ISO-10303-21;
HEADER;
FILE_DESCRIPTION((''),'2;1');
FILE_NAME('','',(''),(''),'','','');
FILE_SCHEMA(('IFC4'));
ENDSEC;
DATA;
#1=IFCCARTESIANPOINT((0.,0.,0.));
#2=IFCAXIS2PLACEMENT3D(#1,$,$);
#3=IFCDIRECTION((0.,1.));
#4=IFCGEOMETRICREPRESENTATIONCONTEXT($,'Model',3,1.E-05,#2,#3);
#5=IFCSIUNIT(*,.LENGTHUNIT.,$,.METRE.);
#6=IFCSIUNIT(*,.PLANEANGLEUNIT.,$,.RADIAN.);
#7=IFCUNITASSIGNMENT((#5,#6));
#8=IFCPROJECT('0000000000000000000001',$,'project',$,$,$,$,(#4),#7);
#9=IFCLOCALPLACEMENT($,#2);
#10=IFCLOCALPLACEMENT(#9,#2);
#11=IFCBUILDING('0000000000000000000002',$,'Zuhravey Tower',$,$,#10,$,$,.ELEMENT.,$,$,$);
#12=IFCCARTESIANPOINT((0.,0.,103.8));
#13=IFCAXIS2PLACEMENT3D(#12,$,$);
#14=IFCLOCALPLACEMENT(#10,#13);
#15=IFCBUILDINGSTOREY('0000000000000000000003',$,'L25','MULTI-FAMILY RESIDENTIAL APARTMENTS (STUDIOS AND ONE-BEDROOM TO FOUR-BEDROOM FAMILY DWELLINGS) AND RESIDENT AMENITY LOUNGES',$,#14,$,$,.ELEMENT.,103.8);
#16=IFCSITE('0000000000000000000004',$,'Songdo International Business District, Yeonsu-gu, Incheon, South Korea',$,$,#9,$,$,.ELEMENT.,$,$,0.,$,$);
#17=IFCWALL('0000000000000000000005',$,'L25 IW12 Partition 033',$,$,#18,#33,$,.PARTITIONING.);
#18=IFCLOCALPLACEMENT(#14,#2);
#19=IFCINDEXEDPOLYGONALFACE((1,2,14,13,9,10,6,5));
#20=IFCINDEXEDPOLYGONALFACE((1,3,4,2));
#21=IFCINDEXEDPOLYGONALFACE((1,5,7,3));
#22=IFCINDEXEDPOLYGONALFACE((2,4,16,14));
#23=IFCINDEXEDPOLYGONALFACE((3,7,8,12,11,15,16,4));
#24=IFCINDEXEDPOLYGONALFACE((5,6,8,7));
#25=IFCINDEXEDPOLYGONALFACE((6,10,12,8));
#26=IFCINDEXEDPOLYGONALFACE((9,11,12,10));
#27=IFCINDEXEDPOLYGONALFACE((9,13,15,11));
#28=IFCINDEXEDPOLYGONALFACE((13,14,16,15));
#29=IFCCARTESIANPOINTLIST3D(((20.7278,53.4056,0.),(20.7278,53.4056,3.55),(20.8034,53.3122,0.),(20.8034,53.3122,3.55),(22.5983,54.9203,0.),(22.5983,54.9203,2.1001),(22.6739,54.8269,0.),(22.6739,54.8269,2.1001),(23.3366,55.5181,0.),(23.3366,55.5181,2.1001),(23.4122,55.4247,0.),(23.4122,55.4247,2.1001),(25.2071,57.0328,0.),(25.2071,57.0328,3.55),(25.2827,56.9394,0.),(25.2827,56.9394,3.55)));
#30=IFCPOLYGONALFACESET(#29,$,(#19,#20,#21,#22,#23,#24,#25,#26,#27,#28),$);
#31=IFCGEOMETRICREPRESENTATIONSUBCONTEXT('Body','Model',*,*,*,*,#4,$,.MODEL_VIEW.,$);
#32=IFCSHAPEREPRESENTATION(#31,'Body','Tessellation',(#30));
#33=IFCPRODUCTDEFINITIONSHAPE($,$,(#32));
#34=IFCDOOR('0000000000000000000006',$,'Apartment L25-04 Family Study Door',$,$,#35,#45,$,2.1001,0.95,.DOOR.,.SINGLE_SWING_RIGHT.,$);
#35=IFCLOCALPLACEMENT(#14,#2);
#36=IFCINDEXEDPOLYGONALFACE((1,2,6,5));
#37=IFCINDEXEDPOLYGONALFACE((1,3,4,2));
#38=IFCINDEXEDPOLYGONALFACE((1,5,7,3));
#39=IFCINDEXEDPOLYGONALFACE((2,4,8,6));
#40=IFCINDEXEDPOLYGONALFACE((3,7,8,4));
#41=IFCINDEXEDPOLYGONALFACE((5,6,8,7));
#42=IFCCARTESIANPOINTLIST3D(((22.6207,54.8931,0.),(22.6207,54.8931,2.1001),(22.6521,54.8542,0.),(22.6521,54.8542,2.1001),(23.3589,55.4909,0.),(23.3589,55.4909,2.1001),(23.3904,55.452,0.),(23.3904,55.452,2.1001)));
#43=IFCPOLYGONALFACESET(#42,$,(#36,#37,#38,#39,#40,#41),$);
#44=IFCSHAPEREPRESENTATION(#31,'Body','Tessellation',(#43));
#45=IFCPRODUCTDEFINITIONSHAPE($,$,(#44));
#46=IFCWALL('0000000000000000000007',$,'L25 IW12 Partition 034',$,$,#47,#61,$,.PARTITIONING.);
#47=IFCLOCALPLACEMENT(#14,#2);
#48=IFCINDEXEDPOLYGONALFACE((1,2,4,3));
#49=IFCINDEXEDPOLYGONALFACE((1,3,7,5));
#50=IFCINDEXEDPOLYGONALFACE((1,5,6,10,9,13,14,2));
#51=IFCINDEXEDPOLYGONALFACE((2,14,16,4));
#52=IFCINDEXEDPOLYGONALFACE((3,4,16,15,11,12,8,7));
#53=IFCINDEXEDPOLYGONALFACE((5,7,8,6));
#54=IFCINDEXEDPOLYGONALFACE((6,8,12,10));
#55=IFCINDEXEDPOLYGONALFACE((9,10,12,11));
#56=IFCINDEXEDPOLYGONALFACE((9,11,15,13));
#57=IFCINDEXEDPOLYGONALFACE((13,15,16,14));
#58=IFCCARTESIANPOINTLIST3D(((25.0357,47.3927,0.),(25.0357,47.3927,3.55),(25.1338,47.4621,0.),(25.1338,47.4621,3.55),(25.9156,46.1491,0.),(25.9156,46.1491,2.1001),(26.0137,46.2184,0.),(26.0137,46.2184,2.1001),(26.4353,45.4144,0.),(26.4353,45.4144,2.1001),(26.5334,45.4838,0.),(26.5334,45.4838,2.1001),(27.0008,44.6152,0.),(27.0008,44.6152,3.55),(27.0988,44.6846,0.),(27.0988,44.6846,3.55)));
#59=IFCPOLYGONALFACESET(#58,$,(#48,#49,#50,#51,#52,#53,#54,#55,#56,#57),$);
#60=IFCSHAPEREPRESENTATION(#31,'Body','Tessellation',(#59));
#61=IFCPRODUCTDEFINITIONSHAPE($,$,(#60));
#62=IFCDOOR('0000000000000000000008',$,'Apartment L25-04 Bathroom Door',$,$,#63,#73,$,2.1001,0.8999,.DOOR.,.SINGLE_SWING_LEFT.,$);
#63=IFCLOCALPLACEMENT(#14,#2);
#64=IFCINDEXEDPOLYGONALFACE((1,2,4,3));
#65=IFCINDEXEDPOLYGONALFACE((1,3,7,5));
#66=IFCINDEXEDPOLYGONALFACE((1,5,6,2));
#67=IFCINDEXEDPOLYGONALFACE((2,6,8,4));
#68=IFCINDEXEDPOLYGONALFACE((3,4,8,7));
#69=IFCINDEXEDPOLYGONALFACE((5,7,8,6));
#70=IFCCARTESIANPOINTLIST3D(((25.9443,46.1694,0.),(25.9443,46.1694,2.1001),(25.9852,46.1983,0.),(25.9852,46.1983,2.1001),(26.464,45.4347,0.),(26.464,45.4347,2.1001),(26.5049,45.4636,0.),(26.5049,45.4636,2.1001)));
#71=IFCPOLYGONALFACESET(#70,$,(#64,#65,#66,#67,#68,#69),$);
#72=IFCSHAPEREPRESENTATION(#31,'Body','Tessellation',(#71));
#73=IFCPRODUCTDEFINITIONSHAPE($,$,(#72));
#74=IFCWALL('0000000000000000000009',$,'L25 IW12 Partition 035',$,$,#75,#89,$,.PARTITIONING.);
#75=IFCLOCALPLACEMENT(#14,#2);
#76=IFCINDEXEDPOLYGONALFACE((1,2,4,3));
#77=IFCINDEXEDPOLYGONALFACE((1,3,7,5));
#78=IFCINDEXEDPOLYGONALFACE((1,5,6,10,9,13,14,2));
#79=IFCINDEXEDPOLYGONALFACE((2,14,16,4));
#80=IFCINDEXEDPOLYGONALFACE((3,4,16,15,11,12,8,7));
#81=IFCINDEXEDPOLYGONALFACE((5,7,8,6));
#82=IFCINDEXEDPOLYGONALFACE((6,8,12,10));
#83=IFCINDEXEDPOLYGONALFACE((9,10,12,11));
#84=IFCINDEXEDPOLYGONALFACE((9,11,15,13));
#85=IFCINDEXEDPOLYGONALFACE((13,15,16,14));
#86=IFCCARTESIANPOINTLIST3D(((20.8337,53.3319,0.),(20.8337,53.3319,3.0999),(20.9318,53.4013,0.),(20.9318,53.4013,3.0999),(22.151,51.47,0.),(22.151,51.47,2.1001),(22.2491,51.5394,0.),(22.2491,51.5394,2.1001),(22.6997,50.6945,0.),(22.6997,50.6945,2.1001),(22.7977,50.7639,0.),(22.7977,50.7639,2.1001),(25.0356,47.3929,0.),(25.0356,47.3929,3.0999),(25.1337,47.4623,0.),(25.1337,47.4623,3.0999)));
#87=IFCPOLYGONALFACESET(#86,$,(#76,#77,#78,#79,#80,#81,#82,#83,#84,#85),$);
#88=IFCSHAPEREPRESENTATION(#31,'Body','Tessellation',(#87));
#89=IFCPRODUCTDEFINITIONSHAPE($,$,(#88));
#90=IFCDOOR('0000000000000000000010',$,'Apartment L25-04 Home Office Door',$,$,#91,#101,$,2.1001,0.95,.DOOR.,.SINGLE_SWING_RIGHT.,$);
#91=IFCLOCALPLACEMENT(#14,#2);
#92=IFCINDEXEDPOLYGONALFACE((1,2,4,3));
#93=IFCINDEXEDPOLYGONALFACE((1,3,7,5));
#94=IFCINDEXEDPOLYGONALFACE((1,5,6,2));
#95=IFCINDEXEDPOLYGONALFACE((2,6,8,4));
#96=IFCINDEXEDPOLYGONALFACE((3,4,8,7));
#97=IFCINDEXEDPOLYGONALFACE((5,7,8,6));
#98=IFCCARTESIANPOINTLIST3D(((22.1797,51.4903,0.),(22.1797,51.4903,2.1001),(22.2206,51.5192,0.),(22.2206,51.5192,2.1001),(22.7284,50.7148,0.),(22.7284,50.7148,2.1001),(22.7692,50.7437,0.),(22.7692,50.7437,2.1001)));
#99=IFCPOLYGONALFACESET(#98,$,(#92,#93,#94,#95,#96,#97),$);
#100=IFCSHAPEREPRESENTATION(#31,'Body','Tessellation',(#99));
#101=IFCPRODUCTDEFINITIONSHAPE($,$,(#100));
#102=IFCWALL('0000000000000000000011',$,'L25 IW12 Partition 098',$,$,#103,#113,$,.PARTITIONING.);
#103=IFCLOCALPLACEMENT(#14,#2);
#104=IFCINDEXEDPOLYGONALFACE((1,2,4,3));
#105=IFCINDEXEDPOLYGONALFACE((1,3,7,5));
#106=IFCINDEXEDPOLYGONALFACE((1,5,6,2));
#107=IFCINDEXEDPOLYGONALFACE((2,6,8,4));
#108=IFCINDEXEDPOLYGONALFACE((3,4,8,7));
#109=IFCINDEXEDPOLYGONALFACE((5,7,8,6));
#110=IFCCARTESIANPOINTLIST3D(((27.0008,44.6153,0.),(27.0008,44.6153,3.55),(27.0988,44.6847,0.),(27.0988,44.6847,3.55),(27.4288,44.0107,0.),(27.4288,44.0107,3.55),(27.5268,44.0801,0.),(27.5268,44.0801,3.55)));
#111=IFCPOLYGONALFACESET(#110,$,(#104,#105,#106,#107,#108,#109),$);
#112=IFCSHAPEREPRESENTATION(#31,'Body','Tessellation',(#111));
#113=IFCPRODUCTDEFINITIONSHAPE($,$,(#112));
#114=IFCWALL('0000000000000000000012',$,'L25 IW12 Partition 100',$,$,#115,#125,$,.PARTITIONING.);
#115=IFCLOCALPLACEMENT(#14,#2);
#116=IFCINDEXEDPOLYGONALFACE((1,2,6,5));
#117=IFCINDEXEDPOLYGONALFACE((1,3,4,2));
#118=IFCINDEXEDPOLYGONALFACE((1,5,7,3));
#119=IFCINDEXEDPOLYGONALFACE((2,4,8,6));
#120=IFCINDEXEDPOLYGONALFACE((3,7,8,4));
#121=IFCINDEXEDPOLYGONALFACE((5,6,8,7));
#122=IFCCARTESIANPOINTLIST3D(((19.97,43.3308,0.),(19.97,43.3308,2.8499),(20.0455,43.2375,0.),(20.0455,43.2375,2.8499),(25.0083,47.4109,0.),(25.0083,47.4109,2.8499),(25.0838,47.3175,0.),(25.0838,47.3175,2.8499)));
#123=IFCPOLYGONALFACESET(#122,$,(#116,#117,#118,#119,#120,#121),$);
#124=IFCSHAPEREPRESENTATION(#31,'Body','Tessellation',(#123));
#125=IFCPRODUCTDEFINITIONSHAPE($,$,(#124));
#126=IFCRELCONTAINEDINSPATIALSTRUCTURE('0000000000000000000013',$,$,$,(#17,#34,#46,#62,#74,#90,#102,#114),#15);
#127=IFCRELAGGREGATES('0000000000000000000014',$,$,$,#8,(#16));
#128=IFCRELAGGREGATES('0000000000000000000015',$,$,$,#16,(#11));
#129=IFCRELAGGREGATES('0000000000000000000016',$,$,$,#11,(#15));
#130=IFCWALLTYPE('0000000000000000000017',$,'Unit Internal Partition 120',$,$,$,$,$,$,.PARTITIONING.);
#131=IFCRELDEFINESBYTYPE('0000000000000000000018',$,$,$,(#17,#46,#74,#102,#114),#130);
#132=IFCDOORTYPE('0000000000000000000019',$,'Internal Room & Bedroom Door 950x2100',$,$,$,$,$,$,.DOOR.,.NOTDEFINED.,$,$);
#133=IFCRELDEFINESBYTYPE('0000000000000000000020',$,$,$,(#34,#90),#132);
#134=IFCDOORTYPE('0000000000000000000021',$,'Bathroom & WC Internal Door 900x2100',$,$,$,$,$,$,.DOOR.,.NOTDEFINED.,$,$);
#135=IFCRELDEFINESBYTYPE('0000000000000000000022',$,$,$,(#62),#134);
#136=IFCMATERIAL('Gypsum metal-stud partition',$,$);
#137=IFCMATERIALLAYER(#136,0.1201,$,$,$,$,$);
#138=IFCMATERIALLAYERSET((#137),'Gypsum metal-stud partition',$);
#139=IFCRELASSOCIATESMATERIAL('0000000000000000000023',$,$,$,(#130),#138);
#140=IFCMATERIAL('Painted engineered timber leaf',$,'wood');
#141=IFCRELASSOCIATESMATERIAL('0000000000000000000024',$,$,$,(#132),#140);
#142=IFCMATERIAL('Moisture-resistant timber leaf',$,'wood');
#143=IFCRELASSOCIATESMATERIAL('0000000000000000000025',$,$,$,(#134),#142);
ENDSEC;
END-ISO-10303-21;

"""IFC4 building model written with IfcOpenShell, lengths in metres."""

from ifc_helpers import new_model, si_unit, direction, frame, frame_2d, origin, place, context, subcontext, project, spatial, rectangle, extrude, material, layer, layer_set, type_object, element, fill, save


model = new_model("IFC4")

# Units and contexts
model_context = context("Model", 3, precision=1e-05, world=origin(), true_north=direction((0.0, 1.0)))
body_context = subcontext(model_context, "Body", "Model", "MODEL_VIEW")
ifc_project = project(units=[si_unit("LENGTHUNIT", "METRE"), si_unit("PLANEANGLEUNIT", "RADIAN")], contexts=[model_context])

# Site, building, storey
site_placement = place(None, origin())
site = spatial("IfcSite", under=ifc_project, at=site_placement, Name="Songdo International Business District, Yeonsu-gu, Incheon, South Korea", CompositionType="ELEMENT", RefElevation=0.0)
building_placement = place(site_placement, origin())
building = spatial("IfcBuilding", under=site, at=building_placement, Name="Zuhravey Tower", CompositionType="ELEMENT")
storey_placement = place(building_placement, frame((0.0, 0.0, 103.8)))
storey = spatial("IfcBuildingStorey", under=building, at=storey_placement, Name="L25", Description="MULTI-FAMILY RESIDENTIAL APARTMENTS (STUDIOS AND ONE-BEDROOM TO FOUR-BEDROOM FAMILY DWELLINGS) AND RESIDENT AMENITY LOUNGES", CompositionType="ELEMENT", Elevation=103.8)

# Walls, openings, doors
ifc_material_1 = material(Name="Gypsum metal-stud partition")
ifc_layer_1 = layer(ifc_material_1, 0.1201)
ifc_layer_set_1 = layer_set([ifc_layer_1], Name="Gypsum metal-stud partition")
wall_type_1 = type_object("IfcWallType", Name="Unit Internal Partition 120", PredefinedType="PARTITIONING", material=ifc_layer_set_1)
wall_1_placement = place(storey_placement, frame((25.2449, 56.9861, 0.0), z_axis=(0.0, 0.0, 1.0), x_axis=(-0.777148, -0.629318, 0.0)))
wall_1 = element("IfcWall", 1, at=wall_1_placement, inside=storey, type_object=wall_type_1, Name="L25 IW12 Partition 033", PredefinedType="PARTITIONING", context=body_context, shape_type="SweptSolid", body=[
    extrude(rectangle(XDim=5.7637, YDim=0.1201, at=frame_2d((2.8818, 0.0))), origin(), (0.0, 0.0, 1.0), 3.55),
])
opening_1_placement = place(wall_1_placement, frame((2.4067, 0.0, 0.0)))
opening_1 = element("IfcOpeningElement", 2, at=opening_1_placement, cuts=wall_1, PredefinedType="OPENING", context=body_context, shape_type="SweptSolid", body=[
    extrude(rectangle(XDim=0.95, YDim=2.1001, at=frame_2d((0.4751, 1.05))), frame((0.0, 0.072, 0.0), z_axis=(0.0, -1.0, 0.0), x_axis=(1.0, 0.0, 0.0)), (0.0, 0.0, 1.0), 0.144),
])
ifc_material_2 = material(Name="Painted engineered timber leaf", Category="wood")
door_type_1 = type_object("IfcDoorType", Name="Internal Room & Bedroom Door 950x2100", OperationType="NOTDEFINED", PredefinedType="DOOR", material=ifc_material_2)
door_1_placement = place(opening_1_placement, frame((0.95, 0.0, 0.0), z_axis=(0.0, 0.0, 1.0), x_axis=(-1.0, 0.0, 0.0)))
door_1 = element("IfcDoor", 3, at=door_1_placement, inside=storey, type_object=door_type_1, Name="Apartment L25-04 Family Study Door", OperationType="SINGLE_SWING_RIGHT", OverallHeight=2.1001, OverallWidth=0.95, PredefinedType="DOOR", context=body_context, shape_type="SweptSolid", body=[
    extrude(rectangle(XDim=0.95, YDim=2.1001, at=frame_2d((0.4751, 1.05))), frame((0.0, 0.0249, 0.0), z_axis=(0.0, -1.0, 0.0), x_axis=(1.0, 0.0, 0.0)), (0.0, 0.0, 1.0), 0.05),
])
fill(opening_1, door_1)
wall_2_placement = place(storey_placement, frame((27.0498, 44.6499, 0.0), z_axis=(0.0, 0.0, 1.0), x_axis=(-0.577553, 0.816353, 0.0)))
wall_2 = element("IfcWall", 4, at=wall_2_placement, inside=storey, type_object=wall_type_1, Name="L25 IW12 Partition 034", PredefinedType="PARTITIONING", context=body_context, shape_type="SweptSolid", body=[
    extrude(rectangle(XDim=3.4023, YDim=0.1201, at=frame_2d((1.7012, 0.0))), origin(), (0.0, 0.0, 1.0), 3.55),
])
opening_2_placement = place(wall_2_placement, frame((0.979, 0.0, 0.0)))
opening_2 = element("IfcOpeningElement", 5, at=opening_2_placement, cuts=wall_2, PredefinedType="OPENING", context=body_context, shape_type="SweptSolid", body=[
    extrude(rectangle(XDim=0.8999, YDim=2.1001, at=frame_2d((0.45, 1.05))), frame((0.0, 0.072, 0.0), z_axis=(0.0, -1.0, 0.0), x_axis=(1.0, 0.0, 0.0)), (0.0, 0.0, 1.0), 0.144),
])
ifc_material_3 = material(Name="Moisture-resistant timber leaf", Category="wood")
door_type_2 = type_object("IfcDoorType", Name="Bathroom & WC Internal Door 900x2100", OperationType="NOTDEFINED", PredefinedType="DOOR", material=ifc_material_3)
door_2_placement = place(opening_2_placement, origin())
door_2 = element("IfcDoor", 6, at=door_2_placement, inside=storey, type_object=door_type_2, Name="Apartment L25-04 Bathroom Door", OperationType="SINGLE_SWING_LEFT", OverallHeight=2.1001, OverallWidth=0.8999, PredefinedType="DOOR", context=body_context, shape_type="SweptSolid", body=[
    extrude(rectangle(XDim=0.8999, YDim=2.1001, at=frame_2d((0.45, 1.05))), frame((0.0, 0.0249, 0.0), z_axis=(0.0, -1.0, 0.0), x_axis=(1.0, 0.0, 0.0)), (0.0, 0.0, 1.0), 0.05),
])
fill(opening_2, door_2)
wall_3_placement = place(storey_placement, frame((25.0847, 47.4275, 0.0), z_axis=(0.0, 0.0, 1.0), x_axis=(-0.577572, 0.81634, 0.0)))
wall_3 = element("IfcWall", 7, at=wall_3_placement, inside=storey, type_object=wall_type_1, Name="L25 IW12 Partition 035", PredefinedType="PARTITIONING", context=body_context, shape_type="SweptSolid", body=[
    extrude(rectangle(XDim=7.2751, YDim=0.1201, at=frame_2d((3.6377, 0.0))), origin(), (0.0, 0.0, 1.0), 3.0999),
])
opening_3_placement = place(wall_3_placement, frame((4.0444, 0.0, 0.0)))
opening_3 = element("IfcOpeningElement", 8, at=opening_3_placement, cuts=wall_3, PredefinedType="OPENING", context=body_context, shape_type="SweptSolid", body=[
    extrude(rectangle(XDim=0.95, YDim=2.1001, at=frame_2d((0.4751, 1.05))), frame((0.0, 0.072, 0.0), z_axis=(0.0, -1.0, 0.0), x_axis=(1.0, 0.0, 0.0)), (0.0, 0.0, 1.0), 0.144),
])
door_3_placement = place(opening_3_placement, origin())
door_3 = element("IfcDoor", 9, at=door_3_placement, inside=storey, type_object=door_type_1, Name="Apartment L25-04 Home Office Door", OperationType="SINGLE_SWING_RIGHT", OverallHeight=2.1001, OverallWidth=0.95, PredefinedType="DOOR", context=body_context, shape_type="SweptSolid", body=[
    extrude(rectangle(XDim=0.95, YDim=2.1001, at=frame_2d((0.4751, 1.05))), frame((0.0, 0.0249, 0.0), z_axis=(0.0, -1.0, 0.0), x_axis=(1.0, 0.0, 0.0)), (0.0, 0.0, 1.0), 0.05),
])
fill(opening_3, door_3)

# Walls
wall_4_placement = place(storey_placement, frame((27.4778, 44.0454, 0.0), z_axis=(0.0, 0.0, 1.0), x_axis=(-0.577834, 0.816154, 0.0)))
element("IfcWall", 10, at=wall_4_placement, inside=storey, type_object=wall_type_1, Name="L25 IW12 Partition 098", PredefinedType="PARTITIONING", context=body_context, shape_type="SweptSolid", body=[
    extrude(rectangle(XDim=0.7407, YDim=0.1201, at=frame_2d((0.3704, 0.0))), origin(), (0.0, 0.0, 1.0), 3.55),
])
wall_5_placement = place(storey_placement, frame((25.0461, 47.3643, 0.0), z_axis=(0.0, 0.0, 1.0), x_axis=(-0.777137, -0.629331, 0.0)))
element("IfcWall", 11, at=wall_5_placement, inside=storey, type_object=wall_type_1, Name="L25 IW12 Partition 100", PredefinedType="PARTITIONING", context=body_context, shape_type="SweptSolid", body=[
    extrude(rectangle(XDim=6.4832, YDim=0.1201, at=frame_2d((3.2417, 0.0))), origin(), (0.0, 0.0, 1.0), 2.8499),
])

save(model, "model.ifc")
